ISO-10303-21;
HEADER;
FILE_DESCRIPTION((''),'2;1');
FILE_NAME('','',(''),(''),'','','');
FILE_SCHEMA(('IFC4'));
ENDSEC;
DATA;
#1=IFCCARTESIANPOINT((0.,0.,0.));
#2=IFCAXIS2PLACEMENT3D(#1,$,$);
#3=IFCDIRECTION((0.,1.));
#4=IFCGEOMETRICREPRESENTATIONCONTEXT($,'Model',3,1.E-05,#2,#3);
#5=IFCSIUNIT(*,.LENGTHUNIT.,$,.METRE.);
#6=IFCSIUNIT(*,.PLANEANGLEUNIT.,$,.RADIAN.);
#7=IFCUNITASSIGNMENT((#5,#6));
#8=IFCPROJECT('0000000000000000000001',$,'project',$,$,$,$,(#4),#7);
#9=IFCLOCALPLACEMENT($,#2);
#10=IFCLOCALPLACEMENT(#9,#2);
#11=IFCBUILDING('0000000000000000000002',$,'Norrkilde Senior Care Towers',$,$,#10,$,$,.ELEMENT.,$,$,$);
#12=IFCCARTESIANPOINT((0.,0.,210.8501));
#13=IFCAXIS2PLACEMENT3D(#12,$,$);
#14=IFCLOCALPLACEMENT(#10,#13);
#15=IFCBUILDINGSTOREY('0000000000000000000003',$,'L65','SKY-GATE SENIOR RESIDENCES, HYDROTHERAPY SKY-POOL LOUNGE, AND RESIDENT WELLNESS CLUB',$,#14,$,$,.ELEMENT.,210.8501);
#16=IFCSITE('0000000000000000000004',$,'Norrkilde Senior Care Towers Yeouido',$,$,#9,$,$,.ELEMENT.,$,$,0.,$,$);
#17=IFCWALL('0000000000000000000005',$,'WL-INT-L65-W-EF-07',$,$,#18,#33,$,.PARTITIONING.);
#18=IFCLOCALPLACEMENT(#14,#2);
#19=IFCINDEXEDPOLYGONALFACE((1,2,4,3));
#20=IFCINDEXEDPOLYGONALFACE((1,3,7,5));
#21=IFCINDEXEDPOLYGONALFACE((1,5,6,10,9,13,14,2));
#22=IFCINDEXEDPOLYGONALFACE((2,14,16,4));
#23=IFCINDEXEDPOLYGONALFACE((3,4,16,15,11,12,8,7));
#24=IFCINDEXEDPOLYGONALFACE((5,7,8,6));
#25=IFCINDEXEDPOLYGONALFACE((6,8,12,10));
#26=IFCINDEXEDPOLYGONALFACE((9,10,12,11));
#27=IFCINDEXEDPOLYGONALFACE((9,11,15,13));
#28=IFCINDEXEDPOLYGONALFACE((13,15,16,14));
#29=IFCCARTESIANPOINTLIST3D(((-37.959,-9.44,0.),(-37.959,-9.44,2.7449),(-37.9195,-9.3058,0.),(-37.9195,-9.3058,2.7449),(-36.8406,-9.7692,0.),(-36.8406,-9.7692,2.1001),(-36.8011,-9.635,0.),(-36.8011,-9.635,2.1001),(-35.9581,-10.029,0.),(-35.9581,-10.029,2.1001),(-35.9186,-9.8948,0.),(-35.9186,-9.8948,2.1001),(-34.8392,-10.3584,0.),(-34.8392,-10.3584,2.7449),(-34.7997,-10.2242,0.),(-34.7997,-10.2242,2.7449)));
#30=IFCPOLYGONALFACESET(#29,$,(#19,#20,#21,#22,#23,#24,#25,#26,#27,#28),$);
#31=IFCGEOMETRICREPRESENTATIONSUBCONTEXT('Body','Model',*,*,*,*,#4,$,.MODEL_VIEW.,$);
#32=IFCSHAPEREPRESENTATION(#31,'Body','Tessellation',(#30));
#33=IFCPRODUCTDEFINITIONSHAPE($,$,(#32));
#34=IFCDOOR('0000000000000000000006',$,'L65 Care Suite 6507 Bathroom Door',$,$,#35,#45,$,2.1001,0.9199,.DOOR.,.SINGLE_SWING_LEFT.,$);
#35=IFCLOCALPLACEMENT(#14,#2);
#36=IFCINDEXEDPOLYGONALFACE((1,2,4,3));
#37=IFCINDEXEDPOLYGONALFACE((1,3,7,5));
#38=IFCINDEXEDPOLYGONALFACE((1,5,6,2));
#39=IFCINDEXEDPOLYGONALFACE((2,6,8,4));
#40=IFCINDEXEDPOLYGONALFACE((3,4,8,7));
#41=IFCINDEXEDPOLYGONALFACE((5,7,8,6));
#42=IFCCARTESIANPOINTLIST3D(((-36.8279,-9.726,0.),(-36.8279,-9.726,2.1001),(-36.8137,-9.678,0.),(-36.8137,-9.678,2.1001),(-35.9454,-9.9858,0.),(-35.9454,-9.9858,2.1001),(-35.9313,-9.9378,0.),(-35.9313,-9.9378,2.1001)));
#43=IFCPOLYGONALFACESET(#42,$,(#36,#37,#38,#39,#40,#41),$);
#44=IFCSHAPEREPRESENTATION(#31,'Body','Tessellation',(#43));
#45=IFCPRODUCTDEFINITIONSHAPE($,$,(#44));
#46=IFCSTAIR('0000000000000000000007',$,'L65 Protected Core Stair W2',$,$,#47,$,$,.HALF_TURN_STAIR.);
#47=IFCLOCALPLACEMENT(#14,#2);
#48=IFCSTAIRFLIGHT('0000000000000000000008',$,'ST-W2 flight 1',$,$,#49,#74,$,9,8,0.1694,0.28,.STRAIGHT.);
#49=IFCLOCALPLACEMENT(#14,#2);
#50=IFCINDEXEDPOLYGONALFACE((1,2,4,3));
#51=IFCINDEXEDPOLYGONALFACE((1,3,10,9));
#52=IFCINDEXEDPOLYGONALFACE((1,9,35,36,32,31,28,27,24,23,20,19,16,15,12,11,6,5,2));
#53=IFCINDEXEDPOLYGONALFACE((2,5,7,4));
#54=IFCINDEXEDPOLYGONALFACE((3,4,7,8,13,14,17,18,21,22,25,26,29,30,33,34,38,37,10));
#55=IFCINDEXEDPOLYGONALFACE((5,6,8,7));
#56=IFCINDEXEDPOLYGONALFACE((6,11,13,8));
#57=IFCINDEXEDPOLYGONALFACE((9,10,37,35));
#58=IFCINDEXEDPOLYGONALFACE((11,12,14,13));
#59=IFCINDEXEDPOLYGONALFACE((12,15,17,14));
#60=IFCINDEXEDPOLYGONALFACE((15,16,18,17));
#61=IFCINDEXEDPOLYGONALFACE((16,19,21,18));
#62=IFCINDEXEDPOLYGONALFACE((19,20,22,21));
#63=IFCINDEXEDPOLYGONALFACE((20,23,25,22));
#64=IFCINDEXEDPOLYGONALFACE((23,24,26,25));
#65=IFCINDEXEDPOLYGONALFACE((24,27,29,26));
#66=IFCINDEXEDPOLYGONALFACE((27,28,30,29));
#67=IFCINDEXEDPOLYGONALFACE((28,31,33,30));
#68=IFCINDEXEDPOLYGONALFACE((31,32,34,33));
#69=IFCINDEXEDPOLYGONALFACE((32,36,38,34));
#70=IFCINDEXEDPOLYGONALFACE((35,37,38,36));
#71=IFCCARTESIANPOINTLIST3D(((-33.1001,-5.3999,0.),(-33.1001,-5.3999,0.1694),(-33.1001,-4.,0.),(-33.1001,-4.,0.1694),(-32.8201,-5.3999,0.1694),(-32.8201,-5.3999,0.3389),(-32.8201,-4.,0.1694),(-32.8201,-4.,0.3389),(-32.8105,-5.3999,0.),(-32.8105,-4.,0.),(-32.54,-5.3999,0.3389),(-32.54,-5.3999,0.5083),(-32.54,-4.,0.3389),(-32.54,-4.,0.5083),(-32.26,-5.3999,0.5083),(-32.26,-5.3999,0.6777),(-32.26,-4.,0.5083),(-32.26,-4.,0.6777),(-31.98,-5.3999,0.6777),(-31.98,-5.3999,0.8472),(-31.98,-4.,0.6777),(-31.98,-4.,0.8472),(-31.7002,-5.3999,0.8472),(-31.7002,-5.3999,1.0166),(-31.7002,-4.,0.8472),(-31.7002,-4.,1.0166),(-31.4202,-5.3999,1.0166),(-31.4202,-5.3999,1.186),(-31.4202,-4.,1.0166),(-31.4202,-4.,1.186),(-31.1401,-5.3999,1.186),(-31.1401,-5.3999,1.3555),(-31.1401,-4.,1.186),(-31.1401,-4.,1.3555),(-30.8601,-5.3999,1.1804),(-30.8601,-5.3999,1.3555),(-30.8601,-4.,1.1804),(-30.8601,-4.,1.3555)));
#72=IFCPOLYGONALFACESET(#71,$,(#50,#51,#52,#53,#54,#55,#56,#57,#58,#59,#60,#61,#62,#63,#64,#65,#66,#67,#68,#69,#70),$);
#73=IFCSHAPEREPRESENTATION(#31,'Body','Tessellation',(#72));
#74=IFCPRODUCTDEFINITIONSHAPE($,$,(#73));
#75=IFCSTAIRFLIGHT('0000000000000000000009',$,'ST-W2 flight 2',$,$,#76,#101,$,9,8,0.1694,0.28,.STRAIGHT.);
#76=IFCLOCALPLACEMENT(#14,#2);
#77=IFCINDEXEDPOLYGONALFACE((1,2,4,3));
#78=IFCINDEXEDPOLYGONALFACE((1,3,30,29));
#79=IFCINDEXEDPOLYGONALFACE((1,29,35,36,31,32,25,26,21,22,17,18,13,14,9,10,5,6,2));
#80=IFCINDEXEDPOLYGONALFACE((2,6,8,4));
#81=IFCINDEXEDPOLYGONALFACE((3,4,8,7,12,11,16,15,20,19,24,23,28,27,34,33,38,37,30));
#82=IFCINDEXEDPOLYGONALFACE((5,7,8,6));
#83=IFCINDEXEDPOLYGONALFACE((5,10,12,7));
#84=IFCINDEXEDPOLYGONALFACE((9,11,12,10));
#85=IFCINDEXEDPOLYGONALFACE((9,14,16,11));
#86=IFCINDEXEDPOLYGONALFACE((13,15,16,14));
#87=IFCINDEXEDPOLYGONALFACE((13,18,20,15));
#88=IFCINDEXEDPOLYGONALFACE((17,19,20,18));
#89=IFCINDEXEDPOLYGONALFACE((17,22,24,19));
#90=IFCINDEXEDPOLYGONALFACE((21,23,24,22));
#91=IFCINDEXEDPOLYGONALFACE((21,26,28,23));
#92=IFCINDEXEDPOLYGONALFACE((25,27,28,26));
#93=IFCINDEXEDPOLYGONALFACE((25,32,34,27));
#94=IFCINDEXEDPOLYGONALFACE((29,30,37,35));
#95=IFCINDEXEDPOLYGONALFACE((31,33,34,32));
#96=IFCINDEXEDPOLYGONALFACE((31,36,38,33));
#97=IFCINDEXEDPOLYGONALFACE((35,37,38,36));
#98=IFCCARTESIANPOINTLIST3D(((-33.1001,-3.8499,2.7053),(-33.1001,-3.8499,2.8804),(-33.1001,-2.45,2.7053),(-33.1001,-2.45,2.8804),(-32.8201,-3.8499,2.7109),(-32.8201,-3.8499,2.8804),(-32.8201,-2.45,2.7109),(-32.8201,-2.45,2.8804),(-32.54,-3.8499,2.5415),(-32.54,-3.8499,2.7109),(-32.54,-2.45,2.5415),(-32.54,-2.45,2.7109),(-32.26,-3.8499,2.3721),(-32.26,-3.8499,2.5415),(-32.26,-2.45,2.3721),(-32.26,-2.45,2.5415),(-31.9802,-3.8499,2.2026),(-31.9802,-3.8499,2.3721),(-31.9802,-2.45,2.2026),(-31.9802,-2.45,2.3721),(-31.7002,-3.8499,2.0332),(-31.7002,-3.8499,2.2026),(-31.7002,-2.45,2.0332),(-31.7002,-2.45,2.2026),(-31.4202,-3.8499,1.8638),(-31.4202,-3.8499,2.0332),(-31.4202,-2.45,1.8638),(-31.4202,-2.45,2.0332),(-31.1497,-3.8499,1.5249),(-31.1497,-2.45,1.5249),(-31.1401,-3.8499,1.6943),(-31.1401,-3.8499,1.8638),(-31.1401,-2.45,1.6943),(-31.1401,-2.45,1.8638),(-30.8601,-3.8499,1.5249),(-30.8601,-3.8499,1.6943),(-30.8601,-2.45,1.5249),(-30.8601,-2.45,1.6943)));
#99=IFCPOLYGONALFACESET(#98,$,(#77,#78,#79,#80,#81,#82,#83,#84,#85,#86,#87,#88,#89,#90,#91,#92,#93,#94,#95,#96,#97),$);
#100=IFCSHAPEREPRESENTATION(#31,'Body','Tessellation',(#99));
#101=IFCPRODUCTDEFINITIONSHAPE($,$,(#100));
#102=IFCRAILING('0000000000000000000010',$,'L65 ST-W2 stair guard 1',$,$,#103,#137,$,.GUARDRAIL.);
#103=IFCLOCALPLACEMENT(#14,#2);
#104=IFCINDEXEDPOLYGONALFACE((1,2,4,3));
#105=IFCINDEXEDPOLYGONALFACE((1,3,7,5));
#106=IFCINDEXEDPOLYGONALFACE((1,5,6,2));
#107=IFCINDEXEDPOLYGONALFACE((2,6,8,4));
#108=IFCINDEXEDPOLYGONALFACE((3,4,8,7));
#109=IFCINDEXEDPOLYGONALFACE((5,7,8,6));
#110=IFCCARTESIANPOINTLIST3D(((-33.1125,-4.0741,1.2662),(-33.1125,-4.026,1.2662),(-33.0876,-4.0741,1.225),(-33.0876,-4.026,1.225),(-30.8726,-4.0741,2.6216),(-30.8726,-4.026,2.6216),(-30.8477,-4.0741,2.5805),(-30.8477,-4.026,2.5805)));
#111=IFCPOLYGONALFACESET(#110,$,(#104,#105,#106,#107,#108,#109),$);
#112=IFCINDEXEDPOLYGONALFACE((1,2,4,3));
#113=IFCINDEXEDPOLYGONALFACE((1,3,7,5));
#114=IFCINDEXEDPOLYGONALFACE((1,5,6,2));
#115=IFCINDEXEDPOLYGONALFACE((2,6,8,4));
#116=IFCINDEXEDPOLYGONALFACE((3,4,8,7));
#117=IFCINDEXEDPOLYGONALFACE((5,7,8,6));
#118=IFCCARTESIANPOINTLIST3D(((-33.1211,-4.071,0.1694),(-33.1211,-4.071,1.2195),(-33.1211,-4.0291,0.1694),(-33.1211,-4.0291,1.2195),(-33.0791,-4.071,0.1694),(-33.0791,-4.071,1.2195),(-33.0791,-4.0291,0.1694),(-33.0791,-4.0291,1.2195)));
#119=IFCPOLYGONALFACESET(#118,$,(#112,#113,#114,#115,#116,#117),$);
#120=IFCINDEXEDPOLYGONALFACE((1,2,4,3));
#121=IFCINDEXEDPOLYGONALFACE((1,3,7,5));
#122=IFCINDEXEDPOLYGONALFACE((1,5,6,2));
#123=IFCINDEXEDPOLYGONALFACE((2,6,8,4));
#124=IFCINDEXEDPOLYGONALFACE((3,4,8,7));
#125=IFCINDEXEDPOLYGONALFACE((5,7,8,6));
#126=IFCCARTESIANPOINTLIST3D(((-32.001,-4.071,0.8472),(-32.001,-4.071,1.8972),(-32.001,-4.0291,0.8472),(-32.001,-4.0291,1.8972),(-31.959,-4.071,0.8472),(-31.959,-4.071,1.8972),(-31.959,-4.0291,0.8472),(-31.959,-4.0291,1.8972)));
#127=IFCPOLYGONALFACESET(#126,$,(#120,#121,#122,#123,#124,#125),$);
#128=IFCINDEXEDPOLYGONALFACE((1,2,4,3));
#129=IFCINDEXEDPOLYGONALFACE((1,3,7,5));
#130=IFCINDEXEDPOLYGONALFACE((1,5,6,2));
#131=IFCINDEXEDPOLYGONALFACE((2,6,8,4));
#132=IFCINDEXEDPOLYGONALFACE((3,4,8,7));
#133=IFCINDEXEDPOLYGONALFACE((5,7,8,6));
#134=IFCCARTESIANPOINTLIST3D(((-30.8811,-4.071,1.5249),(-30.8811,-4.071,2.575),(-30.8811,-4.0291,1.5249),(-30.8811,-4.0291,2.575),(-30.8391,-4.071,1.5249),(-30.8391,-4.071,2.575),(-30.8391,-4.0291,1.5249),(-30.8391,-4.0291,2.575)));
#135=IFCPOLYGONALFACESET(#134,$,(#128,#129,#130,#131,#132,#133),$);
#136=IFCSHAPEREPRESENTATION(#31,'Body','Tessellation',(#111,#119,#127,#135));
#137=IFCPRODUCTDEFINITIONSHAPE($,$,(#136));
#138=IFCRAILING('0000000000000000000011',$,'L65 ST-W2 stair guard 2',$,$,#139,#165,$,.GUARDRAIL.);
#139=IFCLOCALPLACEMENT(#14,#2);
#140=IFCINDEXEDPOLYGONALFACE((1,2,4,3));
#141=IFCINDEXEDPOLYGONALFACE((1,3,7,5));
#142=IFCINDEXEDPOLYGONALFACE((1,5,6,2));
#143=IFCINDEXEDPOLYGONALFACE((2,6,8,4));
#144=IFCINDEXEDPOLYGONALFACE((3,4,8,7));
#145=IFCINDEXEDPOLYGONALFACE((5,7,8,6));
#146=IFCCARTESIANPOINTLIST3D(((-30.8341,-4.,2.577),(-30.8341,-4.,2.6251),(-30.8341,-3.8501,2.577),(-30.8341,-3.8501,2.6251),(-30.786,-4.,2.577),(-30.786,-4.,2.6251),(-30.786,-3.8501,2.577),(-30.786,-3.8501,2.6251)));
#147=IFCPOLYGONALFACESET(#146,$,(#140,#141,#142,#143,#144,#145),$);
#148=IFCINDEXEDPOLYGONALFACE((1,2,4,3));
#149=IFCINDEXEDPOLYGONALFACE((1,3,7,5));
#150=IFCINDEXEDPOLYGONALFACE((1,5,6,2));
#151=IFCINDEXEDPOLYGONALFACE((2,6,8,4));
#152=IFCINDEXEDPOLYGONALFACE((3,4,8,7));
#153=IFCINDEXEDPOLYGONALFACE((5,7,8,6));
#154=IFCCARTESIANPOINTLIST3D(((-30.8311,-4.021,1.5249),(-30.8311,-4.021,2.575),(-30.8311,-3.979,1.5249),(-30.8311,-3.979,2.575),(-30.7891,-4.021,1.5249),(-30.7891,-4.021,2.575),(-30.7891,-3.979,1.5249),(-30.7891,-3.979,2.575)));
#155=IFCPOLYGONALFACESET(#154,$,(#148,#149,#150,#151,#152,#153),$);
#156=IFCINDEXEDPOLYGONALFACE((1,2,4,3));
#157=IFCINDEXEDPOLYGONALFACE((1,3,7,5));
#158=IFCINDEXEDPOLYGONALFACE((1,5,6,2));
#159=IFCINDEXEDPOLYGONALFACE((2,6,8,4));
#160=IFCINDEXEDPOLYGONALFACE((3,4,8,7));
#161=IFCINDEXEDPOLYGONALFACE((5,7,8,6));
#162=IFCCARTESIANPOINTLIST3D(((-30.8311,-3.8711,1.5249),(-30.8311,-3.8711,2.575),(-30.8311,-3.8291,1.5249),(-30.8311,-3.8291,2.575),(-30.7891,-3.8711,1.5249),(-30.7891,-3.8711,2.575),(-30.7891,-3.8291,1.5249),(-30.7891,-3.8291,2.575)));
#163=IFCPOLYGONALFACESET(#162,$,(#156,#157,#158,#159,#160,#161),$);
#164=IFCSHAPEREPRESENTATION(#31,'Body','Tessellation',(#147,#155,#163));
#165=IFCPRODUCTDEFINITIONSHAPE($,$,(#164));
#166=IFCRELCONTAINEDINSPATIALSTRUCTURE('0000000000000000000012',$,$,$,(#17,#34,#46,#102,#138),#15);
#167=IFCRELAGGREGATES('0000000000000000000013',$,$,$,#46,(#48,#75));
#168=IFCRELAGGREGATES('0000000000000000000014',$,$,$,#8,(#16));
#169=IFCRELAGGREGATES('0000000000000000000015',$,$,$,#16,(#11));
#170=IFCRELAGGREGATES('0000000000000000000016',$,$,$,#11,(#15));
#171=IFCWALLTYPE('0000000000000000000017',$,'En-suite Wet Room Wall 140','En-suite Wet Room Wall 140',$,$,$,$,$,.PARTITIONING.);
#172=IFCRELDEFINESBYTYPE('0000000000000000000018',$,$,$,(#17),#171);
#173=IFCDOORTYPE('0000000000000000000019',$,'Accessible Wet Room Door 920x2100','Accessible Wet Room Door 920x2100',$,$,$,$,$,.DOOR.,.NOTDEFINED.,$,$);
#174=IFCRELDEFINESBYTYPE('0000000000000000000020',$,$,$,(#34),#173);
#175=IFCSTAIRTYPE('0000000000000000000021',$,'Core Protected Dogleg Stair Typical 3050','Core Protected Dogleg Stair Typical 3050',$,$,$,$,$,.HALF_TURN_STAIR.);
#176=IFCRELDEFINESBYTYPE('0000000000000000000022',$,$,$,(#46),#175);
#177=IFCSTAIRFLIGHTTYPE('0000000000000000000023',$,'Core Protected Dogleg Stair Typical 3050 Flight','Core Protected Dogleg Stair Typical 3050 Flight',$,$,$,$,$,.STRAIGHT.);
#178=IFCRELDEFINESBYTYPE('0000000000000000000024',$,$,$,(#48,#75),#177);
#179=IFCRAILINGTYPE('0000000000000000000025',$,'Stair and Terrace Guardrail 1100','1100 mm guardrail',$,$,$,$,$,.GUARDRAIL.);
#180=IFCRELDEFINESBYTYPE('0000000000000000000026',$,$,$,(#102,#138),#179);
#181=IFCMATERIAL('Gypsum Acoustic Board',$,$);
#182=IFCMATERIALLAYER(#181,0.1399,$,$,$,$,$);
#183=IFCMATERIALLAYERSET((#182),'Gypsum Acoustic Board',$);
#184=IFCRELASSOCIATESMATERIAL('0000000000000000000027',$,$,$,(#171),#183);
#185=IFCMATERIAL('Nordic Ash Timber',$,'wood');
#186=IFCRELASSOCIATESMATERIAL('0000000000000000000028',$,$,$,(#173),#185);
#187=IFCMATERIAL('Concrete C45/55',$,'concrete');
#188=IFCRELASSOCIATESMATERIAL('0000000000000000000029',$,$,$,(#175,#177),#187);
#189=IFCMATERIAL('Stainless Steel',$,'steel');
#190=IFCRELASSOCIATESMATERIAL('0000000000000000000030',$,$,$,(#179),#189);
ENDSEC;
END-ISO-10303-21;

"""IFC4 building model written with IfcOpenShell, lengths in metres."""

from ifc_helpers import new_model, si_unit, direction, frame, frame_2d, origin, origin_2d, place, context, subcontext, project, spatial, polyline, rectangle, outline, extrude, source, transform, mapped, material, layer, layer_set, type_object, type_shapes, element, fill, aggregate, save


model = new_model("IFC4")

# Units and contexts
model_context = context("Model", 3, precision=1e-05, world=origin(), true_north=direction((0.0, 1.0)))
body_context = subcontext(model_context, "Body", "Model", "MODEL_VIEW")
ifc_project = project(units=[si_unit("LENGTHUNIT", "METRE"), si_unit("PLANEANGLEUNIT", "RADIAN")], contexts=[model_context])

# Site, building, storey
site_placement = place(None, origin())
site = spatial("IfcSite", under=ifc_project, at=site_placement, Name="Norrkilde Senior Care Towers Yeouido", CompositionType="ELEMENT", RefElevation=0.0)
building_placement = place(site_placement, origin())
building = spatial("IfcBuilding", under=site, at=building_placement, Name="Norrkilde Senior Care Towers", CompositionType="ELEMENT")
storey_placement = place(building_placement, frame((0.0, 0.0, 210.8501)))
storey = spatial("IfcBuildingStorey", under=building, at=storey_placement, Name="L65", Description="SKY-GATE SENIOR RESIDENCES, HYDROTHERAPY SKY-POOL LOUNGE, AND RESIDENT WELLNESS CLUB", CompositionType="ELEMENT", Elevation=210.8501)

# Shared definitions
ifc_material_1 = material(Name="Concrete C45/55", Category="concrete")
ifc_material_2 = material(Name="Gypsum Acoustic Board")

# Shared definitions
ifc_material_3 = material(Name="Stainless Steel", Category="steel")

# Shared definitions
ifc_layer_1 = layer(ifc_material_2, 0.1399)
ifc_layer_set_1 = layer_set([ifc_layer_1], Name="Gypsum Acoustic Board")
wall_type_1 = type_object("IfcWallType", Name="En-suite Wet Room Wall 140", Description="En-suite Wet Room Wall 140", PredefinedType="PARTITIONING", material=ifc_layer_set_1)

# Wall, opening, door
shared_shape_1 = source(origin(), body_context, "Body", "SweptSolid", [
    extrude(rectangle(XDim=3.2522, YDim=0.1399, at=frame_2d((1.626, 0.0))), origin(), (0.0, 0.0, 1.0), 2.7449),
])
wall_1_placement = place(storey_placement, frame((-34.8196, -10.2913, 0.0), z_axis=(0.0, 0.0, 1.0), x_axis=(-0.959295, 0.282406, 0.0)))
wall_1 = element("IfcWall", 1, at=wall_1_placement, inside=storey, type_object=wall_type_1, Name="WL-INT-L65-W-EF-07", PredefinedType="PARTITIONING", context=body_context, shape_type="MappedRepresentation", body=[
    mapped(shared_shape_1, transform((0.0, 0.0, 0.0), x_axis=(1.0, 0.0, 0.0), y_axis=(0.0, 1.0, 0.0), z_axis=(0.0, 0.0, 1.0), scale=1.0)),
])
opening_1_placement = place(wall_1_placement, frame((1.1663, 0.0, 0.0)))
opening_1 = element("IfcOpeningElement", 2, at=opening_1_placement, cuts=wall_1, PredefinedType="OPENING", context=body_context, shape_type="SweptSolid", body=[
    extrude(rectangle(XDim=0.9199, YDim=2.1001, at=frame_2d((0.46, 1.05))), frame((0.0, 0.0798, 0.0), z_axis=(0.0, -1.0, 0.0), x_axis=(1.0, 0.0, 0.0)), (0.0, 0.0, 1.0), 0.1599),
])
ifc_material_4 = material(Name="Nordic Ash Timber", Category="wood")
door_type_1 = type_object("IfcDoorType", Name="Accessible Wet Room Door 920x2100", Description="Accessible Wet Room Door 920x2100", OperationType="NOTDEFINED", PredefinedType="DOOR", material=ifc_material_4)
shared_shape_2 = source(origin(), body_context, "Body", "SweptSolid", [
    extrude(rectangle(XDim=0.9199, YDim=2.1001, at=frame_2d((0.46, 1.05))), frame((0.0, 0.0249, 0.0), z_axis=(0.0, -1.0, 0.0), x_axis=(1.0, 0.0, 0.0)), (0.0, 0.0, 1.0), 0.05),
])
type_shapes(door_type_1, [shared_shape_2])
door_1_placement = place(opening_1_placement, origin())
door_1 = element("IfcDoor", 3, at=door_1_placement, inside=storey, type_object=door_type_1, Name="L65 Care Suite 6507 Bathroom Door", OperationType="SINGLE_SWING_LEFT", OverallHeight=2.1001, OverallWidth=0.9199, PredefinedType="DOOR", context=body_context, shape_type="MappedRepresentation", body=[
    mapped(shared_shape_2, transform((0.0, 0.0, 0.0), x_axis=(1.0, 0.0, 0.0), y_axis=(0.0, 1.0, 0.0), z_axis=(0.0, 0.0, 1.0), scale=1.0)),
])
fill(opening_1, door_1)

# Stair, stair flights
stair_type = type_object("IfcStairType", Name="Core Protected Dogleg Stair Typical 3050", Description="Core Protected Dogleg Stair Typical 3050", PredefinedType="HALF_TURN_STAIR", material=ifc_material_1)
stair_placement = place(storey_placement, origin())
stair = element("IfcStair", 4, at=stair_placement, inside=storey, type_object=stair_type, Name="L65 Protected Core Stair W2", PredefinedType="HALF_TURN_STAIR")
stair_flight_type = type_object("IfcStairFlightType", Name="Core Protected Dogleg Stair Typical 3050 Flight", Description="Core Protected Dogleg Stair Typical 3050 Flight", PredefinedType="STRAIGHT", material=ifc_material_1)
stair_flight_1_placement = place(storey_placement, frame((-33.1001, -4.7, 0.0), z_axis=(0.0, 0.0, 1.0), x_axis=(1.0, 0.0, 0.0)))
stair_flight_1 = element("IfcStairFlight", 5, at=stair_flight_1_placement, type_object=stair_flight_type, Name="ST-W2 flight 1", NumberOfRisers=9, NumberOfTreads=8, PredefinedType="STRAIGHT", RiserHeight=0.1694, TreadLength=0.28, context=body_context, shape_type="SweptSolid", body=[
    extrude(outline(polyline([(0.0, 0.0), (0.0, 0.1694), (0.28, 0.1694), (0.28, 0.3389), (0.5601, 0.3389), (0.5601, 0.5083), (0.8401, 0.5083), (0.8401, 0.6777), (1.1201, 0.6777), (1.1201, 0.8472), (1.3999, 0.8472), (1.3999, 1.0166), (1.6799, 1.0166), (1.6799, 1.186), (1.96, 1.186), (1.96, 1.3555), (2.24, 1.3555), (2.24, 1.5249), (2.24, 1.1804), (0.2896, 0.0), (0.0, 0.0)])), frame((0.0, 0.7, 0.0), z_axis=(0.0, -1.0, 0.0), x_axis=(1.0, 0.0, 0.0)), (0.0, 0.0, 1.0), 1.3999),
])
stair_flight_2_placement = place(storey_placement, frame((-30.8601, -3.1499, 1.5249), z_axis=(0.0, 0.0, 1.0), x_axis=(-1.0, 0.0, 0.0)))
stair_flight_2 = element("IfcStairFlight", 6, at=stair_flight_2_placement, type_object=stair_flight_type, Name="ST-W2 flight 2", NumberOfRisers=9, NumberOfTreads=8, PredefinedType="STRAIGHT", RiserHeight=0.1694, TreadLength=0.28, context=body_context, shape_type="SweptSolid", body=[
    extrude(outline(polyline([(0.0, 0.0), (0.0, 0.1694), (0.28, 0.1694), (0.28, 0.3389), (0.5601, 0.3389), (0.5601, 0.5083), (0.8401, 0.5083), (0.8401, 0.6777), (1.1201, 0.6777), (1.1201, 0.8472), (1.3999, 0.8472), (1.3999, 1.0166), (1.6799, 1.0166), (1.6799, 1.186), (1.96, 1.186), (1.96, 1.3555), (2.24, 1.3555), (2.24, 1.5249), (2.24, 1.1804), (0.2896, 0.0), (0.0, 0.0)])), frame((0.0, 0.7, 0.0), z_axis=(0.0, -1.0, 0.0), x_axis=(1.0, 0.0, 0.0)), (0.0, 0.0, 1.0), 1.3999),
])
aggregate(stair, [stair_flight_1, stair_flight_2])

# Railings
railing_type_1 = type_object("IfcRailingType", Name="Stair and Terrace Guardrail 1100", Description="1100 mm guardrail", PredefinedType="GUARDRAIL", material=ifc_material_3)
railing_1_placement = place(storey_placement, frame((-33.1001, -4.05, 0.1694)))
element("IfcRailing", 7, at=railing_1_placement, inside=storey, type_object=railing_type_1, Name="L65 ST-W2 stair guard 1", PredefinedType="GUARDRAIL", context=body_context, shape_type="SweptSolid", body=[
    extrude(rectangle(XDim=0.0481, YDim=0.0481, at=origin_2d()), frame((0.0, 0.0, 1.0762), z_axis=(0.855553, 0.0, 0.517715), x_axis=(0.0, 1.0, 0.0)), (0.0, 0.0, 1.0), 2.6182),
    extrude(rectangle(XDim=0.042, YDim=0.042, at=origin_2d()), origin(), (0.0, 0.0, 1.0), 1.05),
    extrude(rectangle(XDim=0.042, YDim=0.042, at=origin_2d()), frame((1.1201, 0.0, 0.6777)), (0.0, 0.0, 1.0), 1.05),
    extrude(rectangle(XDim=0.042, YDim=0.042, at=origin_2d()), frame((2.24, 0.0, 1.3555)), (0.0, 0.0, 1.0), 1.05),
])
railing_2_placement = place(storey_placement, frame((-30.8101, -4.0, 1.5249)))
element("IfcRailing", 8, at=railing_2_placement, inside=storey, type_object=railing_type_1, Name="L65 ST-W2 stair guard 2", PredefinedType="GUARDRAIL", context=body_context, shape_type="SweptSolid", body=[
    extrude(rectangle(XDim=0.0481, YDim=0.0481, at=origin_2d()), frame((0.0, 0.0, 1.0762), z_axis=(0.0, 1.0, 0.0), x_axis=(-1.0, 0.0, 0.0)), (0.0, 0.0, 1.0), 0.1499),
    extrude(rectangle(XDim=0.042, YDim=0.042, at=origin_2d()), origin(), (0.0, 0.0, 1.0), 1.05),
    extrude(rectangle(XDim=0.042, YDim=0.042, at=origin_2d()), frame((0.0, 0.1499, 0.0)), (0.0, 0.0, 1.0), 1.05),
])

save(model, "model.ifc")
